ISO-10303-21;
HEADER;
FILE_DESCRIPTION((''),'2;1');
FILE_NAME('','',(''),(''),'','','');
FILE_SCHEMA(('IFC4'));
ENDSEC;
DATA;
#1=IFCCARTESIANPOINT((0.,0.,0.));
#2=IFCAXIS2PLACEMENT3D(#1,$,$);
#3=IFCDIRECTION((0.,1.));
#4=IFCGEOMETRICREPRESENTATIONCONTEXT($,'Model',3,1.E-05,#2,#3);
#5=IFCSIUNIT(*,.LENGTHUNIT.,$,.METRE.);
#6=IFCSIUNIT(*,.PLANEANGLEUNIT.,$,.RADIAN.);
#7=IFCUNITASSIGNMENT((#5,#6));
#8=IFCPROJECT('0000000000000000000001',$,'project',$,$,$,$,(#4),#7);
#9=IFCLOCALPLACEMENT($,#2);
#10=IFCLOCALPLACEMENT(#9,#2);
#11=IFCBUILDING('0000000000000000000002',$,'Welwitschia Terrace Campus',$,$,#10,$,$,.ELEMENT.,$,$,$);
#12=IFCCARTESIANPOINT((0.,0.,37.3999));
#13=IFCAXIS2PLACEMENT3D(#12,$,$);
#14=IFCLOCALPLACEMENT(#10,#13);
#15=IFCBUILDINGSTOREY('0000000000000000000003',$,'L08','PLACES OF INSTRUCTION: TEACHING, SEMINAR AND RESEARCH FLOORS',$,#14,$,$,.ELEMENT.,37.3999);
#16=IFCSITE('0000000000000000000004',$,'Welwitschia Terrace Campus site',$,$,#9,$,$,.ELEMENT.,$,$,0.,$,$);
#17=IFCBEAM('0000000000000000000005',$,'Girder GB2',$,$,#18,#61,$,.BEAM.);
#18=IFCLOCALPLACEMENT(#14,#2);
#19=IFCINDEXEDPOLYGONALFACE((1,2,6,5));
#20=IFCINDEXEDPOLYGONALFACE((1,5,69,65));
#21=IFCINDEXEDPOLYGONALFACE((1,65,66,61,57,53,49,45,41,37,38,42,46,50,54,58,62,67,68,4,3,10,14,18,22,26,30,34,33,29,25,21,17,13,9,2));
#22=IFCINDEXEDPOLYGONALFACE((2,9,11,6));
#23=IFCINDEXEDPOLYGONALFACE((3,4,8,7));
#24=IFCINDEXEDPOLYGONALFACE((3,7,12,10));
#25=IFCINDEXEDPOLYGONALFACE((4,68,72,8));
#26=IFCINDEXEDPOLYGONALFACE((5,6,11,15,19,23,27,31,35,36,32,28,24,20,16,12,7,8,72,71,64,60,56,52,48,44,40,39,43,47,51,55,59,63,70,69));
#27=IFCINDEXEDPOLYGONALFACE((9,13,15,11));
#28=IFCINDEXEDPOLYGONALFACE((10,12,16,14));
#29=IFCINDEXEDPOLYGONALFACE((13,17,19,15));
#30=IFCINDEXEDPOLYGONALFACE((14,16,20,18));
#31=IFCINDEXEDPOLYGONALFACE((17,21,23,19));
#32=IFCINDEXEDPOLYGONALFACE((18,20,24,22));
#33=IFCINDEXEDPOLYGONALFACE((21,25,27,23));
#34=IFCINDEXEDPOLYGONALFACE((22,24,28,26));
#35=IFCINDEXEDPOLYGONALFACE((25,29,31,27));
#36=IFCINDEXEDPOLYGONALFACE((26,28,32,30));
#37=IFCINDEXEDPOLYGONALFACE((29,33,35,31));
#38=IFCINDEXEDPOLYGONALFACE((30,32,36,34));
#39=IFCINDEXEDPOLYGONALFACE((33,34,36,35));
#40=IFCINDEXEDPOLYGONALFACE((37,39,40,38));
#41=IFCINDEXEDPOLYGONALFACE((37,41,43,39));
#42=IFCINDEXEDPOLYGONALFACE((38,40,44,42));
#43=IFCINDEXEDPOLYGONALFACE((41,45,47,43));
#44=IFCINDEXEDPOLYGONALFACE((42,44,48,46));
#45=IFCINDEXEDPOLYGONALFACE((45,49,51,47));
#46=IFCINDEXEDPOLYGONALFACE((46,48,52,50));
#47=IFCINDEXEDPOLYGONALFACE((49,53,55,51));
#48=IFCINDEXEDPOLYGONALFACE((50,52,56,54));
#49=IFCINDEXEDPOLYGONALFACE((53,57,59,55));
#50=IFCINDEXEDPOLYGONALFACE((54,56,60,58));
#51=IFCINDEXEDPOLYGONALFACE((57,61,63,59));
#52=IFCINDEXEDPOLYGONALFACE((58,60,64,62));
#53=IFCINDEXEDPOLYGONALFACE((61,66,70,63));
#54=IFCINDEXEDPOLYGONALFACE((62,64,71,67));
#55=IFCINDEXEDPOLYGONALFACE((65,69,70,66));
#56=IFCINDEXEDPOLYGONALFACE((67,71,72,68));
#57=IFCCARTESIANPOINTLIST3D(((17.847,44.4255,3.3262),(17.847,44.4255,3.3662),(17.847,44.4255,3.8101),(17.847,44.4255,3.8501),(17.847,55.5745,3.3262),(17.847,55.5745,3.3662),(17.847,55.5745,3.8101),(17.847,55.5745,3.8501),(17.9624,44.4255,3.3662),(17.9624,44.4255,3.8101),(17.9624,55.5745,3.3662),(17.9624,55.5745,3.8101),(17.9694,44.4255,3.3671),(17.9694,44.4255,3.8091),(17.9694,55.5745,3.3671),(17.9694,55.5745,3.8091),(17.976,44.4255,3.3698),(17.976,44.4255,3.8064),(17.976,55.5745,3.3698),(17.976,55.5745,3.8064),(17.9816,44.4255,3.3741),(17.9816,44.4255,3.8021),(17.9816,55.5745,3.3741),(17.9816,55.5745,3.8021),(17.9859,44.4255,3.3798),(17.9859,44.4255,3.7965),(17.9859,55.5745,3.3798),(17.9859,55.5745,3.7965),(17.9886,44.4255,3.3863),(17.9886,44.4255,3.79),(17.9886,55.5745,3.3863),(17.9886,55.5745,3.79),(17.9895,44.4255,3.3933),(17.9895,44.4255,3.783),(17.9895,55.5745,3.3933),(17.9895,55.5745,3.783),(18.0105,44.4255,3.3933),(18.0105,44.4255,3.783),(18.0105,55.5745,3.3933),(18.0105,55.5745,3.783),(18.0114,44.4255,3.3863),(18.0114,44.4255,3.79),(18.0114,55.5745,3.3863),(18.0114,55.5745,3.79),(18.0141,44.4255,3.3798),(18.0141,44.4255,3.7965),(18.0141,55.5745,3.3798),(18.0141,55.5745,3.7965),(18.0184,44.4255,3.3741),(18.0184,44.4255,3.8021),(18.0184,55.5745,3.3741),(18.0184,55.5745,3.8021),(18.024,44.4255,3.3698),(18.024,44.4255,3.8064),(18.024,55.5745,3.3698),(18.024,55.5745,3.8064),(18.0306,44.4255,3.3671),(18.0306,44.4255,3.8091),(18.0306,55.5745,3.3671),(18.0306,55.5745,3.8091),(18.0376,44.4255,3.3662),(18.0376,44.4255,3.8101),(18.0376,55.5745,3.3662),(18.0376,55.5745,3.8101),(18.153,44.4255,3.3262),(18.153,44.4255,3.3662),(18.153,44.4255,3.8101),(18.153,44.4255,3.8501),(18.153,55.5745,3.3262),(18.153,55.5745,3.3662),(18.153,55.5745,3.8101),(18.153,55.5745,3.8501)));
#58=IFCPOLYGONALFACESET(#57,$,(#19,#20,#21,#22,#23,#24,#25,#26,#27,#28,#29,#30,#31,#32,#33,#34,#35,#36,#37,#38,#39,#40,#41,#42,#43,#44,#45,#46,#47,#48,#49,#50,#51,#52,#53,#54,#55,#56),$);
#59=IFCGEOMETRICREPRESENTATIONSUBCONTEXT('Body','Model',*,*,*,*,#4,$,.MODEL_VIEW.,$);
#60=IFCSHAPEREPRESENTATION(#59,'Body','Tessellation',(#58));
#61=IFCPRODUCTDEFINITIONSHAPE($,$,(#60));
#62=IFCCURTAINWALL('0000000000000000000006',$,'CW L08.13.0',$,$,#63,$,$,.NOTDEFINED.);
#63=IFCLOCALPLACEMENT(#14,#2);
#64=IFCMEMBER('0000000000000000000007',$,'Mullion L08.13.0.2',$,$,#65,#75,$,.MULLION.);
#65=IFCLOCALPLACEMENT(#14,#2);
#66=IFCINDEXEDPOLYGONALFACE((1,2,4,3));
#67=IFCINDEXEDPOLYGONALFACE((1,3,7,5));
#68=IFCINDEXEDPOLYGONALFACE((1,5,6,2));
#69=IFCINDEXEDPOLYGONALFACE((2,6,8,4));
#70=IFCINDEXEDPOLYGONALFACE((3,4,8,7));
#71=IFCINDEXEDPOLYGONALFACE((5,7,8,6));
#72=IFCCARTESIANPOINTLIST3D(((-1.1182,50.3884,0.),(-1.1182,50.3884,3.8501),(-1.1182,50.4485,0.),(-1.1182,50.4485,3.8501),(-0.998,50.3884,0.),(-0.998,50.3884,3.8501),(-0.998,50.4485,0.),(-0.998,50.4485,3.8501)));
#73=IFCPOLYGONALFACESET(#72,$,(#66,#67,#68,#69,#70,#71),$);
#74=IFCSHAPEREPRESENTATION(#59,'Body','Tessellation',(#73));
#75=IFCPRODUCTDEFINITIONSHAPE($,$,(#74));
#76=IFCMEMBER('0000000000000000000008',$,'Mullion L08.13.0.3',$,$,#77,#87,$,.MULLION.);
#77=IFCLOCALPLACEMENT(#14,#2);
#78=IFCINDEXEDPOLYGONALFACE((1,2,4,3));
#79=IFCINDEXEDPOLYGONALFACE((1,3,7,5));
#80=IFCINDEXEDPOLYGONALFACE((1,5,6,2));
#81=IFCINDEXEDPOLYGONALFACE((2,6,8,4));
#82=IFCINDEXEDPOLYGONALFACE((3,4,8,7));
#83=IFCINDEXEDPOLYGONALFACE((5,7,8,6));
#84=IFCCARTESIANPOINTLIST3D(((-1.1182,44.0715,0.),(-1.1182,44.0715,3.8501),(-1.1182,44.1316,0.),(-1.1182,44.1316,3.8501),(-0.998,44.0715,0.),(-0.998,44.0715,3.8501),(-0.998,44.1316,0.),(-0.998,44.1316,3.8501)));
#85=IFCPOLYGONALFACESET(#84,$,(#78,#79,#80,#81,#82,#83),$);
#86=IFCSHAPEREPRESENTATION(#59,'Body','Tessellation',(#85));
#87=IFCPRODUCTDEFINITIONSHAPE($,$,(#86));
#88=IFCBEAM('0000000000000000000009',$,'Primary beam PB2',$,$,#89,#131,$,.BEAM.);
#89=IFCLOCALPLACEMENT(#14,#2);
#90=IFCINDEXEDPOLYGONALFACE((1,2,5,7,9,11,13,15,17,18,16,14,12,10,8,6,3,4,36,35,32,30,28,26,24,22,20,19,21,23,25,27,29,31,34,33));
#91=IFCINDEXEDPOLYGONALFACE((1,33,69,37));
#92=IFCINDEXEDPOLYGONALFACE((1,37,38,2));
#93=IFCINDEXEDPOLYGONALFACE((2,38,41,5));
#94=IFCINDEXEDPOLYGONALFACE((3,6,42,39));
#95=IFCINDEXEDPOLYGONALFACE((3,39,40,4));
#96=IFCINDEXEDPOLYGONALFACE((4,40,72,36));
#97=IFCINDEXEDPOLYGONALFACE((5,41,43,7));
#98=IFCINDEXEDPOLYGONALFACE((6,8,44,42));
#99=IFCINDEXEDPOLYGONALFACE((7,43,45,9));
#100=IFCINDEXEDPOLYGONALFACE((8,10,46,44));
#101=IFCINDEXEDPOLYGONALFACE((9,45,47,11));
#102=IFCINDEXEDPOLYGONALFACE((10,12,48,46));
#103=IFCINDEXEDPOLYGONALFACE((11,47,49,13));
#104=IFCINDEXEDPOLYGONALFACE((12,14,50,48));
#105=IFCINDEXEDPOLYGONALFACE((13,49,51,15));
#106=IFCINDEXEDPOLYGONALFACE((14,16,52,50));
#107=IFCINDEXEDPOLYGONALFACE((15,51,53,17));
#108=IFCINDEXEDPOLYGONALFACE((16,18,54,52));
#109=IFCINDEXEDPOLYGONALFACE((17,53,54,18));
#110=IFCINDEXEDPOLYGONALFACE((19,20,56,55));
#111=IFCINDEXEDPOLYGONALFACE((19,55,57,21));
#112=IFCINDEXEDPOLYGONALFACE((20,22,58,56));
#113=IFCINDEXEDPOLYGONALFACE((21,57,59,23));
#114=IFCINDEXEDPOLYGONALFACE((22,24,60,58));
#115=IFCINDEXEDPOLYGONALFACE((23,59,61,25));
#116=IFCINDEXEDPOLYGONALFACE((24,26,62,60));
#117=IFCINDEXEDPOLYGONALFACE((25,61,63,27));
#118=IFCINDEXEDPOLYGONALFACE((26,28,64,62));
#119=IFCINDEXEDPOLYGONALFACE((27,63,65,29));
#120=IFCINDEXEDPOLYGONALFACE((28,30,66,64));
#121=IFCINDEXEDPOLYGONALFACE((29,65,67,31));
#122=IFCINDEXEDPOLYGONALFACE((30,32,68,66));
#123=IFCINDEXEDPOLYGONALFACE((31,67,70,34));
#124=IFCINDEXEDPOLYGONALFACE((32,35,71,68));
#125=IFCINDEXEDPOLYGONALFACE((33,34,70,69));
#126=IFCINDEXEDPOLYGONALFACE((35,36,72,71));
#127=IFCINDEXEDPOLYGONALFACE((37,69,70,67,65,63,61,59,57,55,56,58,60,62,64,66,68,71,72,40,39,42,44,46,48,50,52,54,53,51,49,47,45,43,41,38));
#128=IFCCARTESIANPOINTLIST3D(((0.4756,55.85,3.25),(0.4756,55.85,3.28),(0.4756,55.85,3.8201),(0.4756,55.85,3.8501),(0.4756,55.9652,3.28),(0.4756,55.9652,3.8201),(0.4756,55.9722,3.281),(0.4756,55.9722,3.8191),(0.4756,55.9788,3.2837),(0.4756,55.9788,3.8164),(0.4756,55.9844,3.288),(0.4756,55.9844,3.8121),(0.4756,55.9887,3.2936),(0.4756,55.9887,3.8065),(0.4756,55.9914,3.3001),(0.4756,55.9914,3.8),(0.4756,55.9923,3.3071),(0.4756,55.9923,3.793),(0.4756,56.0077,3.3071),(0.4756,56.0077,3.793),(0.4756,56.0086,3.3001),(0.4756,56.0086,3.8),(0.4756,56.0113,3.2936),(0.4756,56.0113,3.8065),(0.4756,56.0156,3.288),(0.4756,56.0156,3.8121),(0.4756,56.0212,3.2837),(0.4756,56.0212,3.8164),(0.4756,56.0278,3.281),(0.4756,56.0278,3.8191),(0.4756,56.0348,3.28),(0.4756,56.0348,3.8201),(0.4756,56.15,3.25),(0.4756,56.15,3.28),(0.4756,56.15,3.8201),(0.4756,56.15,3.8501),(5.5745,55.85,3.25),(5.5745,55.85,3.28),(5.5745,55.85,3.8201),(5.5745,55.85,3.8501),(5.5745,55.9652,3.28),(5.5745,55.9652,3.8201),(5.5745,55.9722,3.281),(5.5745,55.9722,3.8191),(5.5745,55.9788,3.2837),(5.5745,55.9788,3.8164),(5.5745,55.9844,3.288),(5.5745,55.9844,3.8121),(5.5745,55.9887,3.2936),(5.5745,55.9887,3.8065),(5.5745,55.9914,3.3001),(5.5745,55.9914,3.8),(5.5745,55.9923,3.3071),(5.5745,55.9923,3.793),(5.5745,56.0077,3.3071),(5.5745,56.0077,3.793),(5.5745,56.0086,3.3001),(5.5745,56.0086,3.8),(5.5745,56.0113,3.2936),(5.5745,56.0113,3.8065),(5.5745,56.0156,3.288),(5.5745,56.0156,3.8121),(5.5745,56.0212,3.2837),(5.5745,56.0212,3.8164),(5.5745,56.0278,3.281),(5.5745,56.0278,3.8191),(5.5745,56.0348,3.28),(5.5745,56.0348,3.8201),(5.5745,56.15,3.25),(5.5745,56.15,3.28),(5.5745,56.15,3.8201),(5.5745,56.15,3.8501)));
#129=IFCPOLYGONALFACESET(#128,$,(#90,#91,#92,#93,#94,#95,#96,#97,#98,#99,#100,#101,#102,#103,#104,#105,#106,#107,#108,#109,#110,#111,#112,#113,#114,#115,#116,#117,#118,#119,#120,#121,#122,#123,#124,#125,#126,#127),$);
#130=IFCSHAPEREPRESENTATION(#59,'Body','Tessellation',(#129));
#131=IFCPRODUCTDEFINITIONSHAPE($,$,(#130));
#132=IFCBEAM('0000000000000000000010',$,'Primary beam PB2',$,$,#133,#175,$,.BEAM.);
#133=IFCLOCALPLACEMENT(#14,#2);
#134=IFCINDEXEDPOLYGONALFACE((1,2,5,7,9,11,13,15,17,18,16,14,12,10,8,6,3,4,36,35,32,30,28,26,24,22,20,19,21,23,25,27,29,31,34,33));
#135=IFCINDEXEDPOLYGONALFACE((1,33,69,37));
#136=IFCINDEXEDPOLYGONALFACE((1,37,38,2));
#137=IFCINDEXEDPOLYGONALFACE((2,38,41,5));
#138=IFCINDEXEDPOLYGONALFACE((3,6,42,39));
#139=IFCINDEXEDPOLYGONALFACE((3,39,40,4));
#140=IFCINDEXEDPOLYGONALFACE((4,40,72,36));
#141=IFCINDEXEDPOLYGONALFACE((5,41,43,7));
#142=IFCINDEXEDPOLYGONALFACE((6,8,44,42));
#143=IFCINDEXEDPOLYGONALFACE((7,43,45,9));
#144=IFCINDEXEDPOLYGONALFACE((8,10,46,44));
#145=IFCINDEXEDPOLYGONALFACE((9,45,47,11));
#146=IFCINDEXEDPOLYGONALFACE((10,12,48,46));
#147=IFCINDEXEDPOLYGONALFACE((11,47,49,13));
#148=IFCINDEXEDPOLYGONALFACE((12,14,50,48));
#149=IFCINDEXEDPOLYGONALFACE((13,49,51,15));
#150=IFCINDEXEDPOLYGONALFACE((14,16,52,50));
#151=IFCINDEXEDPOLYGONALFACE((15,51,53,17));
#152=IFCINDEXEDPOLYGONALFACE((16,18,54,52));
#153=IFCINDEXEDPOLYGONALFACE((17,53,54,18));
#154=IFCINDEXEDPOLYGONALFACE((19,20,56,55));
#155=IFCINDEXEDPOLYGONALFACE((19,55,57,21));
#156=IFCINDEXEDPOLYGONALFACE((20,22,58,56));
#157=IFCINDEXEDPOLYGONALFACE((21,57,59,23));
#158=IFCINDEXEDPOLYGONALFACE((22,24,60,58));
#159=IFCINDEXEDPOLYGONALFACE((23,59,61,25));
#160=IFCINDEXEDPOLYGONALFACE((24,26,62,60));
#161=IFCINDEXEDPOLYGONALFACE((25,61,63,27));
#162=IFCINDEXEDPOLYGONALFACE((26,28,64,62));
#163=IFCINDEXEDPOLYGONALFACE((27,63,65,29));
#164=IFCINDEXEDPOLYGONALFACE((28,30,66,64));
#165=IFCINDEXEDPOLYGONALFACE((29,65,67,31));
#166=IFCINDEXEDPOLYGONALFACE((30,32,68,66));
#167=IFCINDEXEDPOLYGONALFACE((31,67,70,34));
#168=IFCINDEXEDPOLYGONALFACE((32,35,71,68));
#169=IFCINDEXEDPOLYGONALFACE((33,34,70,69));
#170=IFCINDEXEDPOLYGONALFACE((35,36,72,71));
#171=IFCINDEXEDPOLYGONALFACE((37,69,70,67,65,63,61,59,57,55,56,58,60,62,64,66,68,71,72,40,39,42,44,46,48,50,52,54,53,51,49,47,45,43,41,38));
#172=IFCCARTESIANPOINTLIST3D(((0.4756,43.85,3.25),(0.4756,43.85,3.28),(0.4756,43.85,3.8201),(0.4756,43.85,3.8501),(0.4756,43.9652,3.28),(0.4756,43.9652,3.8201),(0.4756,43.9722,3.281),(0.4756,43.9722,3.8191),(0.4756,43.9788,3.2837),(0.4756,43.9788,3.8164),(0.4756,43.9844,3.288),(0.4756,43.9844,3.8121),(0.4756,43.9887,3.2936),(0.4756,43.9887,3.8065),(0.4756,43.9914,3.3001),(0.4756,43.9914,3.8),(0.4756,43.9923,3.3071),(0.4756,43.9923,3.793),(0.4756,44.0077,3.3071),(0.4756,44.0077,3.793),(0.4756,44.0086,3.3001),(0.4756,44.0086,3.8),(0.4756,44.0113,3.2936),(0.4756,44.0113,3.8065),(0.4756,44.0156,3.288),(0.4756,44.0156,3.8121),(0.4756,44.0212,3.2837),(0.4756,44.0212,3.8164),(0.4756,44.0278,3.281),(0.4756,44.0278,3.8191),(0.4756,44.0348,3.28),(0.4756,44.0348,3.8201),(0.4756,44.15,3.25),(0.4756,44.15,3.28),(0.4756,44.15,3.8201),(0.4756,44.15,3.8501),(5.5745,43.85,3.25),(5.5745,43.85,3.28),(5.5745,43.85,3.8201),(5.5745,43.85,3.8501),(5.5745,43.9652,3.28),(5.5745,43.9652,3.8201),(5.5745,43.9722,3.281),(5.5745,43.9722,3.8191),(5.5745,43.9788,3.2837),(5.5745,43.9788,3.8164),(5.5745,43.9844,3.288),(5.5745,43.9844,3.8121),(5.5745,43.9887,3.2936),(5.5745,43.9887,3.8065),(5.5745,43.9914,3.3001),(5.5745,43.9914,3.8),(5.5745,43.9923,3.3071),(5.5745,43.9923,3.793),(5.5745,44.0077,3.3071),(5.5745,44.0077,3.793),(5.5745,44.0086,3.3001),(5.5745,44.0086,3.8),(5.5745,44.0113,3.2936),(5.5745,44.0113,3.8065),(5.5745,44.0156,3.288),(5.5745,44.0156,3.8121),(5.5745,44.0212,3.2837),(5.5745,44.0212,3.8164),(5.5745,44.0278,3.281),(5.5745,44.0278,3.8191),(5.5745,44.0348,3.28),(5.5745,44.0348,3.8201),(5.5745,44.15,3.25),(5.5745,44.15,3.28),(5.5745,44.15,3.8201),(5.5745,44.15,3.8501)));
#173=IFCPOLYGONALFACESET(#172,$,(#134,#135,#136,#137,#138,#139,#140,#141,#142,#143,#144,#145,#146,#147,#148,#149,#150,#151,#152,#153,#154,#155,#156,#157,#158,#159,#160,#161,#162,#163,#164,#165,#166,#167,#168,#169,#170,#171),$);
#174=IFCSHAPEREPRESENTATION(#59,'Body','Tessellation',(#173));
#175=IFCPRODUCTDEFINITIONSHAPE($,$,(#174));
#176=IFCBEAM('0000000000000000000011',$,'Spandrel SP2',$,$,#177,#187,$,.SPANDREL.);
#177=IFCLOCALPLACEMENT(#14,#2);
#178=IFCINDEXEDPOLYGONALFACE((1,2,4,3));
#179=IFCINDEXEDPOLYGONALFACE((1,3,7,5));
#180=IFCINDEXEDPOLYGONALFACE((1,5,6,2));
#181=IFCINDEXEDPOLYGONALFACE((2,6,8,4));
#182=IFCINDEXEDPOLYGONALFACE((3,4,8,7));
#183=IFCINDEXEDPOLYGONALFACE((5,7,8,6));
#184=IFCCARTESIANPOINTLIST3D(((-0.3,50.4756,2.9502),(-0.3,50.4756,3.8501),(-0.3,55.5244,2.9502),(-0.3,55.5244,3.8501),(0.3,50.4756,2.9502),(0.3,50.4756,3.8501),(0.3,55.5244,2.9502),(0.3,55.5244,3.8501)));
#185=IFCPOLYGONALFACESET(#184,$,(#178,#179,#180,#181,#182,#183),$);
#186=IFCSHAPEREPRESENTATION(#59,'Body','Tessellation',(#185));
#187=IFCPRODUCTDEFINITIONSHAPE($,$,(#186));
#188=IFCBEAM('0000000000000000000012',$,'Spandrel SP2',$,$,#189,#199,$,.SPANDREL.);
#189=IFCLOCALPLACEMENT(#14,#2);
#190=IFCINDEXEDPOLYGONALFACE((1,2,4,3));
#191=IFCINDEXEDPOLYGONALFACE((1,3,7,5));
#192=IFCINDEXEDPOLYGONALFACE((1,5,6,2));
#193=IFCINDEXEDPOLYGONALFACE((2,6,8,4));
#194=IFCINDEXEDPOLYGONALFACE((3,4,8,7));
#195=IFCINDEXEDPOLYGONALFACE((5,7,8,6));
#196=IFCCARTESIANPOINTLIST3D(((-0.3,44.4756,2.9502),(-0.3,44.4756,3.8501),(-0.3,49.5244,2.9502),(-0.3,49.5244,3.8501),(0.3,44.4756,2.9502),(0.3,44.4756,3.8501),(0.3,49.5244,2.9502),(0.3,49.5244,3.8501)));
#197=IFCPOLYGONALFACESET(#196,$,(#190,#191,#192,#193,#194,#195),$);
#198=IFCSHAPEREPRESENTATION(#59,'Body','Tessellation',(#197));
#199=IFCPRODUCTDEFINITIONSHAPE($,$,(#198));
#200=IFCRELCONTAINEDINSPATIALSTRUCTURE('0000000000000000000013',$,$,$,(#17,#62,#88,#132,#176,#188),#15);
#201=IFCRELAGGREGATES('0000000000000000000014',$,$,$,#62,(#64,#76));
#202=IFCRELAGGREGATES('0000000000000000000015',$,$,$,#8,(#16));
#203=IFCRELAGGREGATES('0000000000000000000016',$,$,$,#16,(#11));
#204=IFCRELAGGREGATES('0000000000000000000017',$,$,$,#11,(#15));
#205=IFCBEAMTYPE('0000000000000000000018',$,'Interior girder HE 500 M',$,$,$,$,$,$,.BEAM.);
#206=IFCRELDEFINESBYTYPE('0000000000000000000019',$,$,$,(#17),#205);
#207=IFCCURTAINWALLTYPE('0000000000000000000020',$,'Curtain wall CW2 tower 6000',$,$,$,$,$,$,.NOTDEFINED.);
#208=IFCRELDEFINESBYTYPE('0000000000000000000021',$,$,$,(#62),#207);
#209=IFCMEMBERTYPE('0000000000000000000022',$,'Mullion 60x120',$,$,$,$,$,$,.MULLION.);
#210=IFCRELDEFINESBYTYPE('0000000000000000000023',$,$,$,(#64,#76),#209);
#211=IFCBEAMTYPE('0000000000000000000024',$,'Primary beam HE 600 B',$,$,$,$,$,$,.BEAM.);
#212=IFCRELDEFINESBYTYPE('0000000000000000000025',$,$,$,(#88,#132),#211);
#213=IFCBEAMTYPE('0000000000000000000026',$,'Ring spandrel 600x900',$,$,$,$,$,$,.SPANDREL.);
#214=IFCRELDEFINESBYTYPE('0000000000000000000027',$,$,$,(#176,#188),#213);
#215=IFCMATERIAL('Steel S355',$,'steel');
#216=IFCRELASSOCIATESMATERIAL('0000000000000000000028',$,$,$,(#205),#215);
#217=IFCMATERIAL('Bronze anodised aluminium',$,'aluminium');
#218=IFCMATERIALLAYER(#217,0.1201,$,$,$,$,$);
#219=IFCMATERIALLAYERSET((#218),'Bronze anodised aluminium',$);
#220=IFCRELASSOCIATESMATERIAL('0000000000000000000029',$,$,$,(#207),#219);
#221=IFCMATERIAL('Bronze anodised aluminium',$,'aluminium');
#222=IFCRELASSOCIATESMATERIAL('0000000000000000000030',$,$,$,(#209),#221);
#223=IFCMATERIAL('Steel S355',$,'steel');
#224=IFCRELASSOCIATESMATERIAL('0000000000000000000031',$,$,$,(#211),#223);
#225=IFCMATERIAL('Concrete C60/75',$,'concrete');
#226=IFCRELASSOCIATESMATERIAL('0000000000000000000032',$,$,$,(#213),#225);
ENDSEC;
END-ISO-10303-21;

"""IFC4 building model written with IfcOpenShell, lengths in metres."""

from ifc_helpers import new_model, si_unit, direction, frame, origin, origin_2d, place, context, subcontext, project, spatial, rectangle, i_section, extrude, material, layer, layer_set, material_profile, profile_set, type_object, element, aggregate, save


model = new_model("IFC4")

# Units and contexts
model_context = context("Model", 3, precision=1e-05, world=origin(), true_north=direction((0.0, 1.0)))
body_context = subcontext(model_context, "Body", "Model", "MODEL_VIEW")
ifc_project = project(units=[si_unit("LENGTHUNIT", "METRE"), si_unit("PLANEANGLEUNIT", "RADIAN")], contexts=[model_context])

# Site, building, storey
site_placement = place(None, origin())
site = spatial("IfcSite", under=ifc_project, at=site_placement, Name="Welwitschia Terrace Campus site", CompositionType="ELEMENT", RefElevation=0.0)
building_placement = place(site_placement, origin())
building = spatial("IfcBuilding", under=site, at=building_placement, Name="Welwitschia Terrace Campus", CompositionType="ELEMENT")
storey_placement = place(building_placement, frame((0.0, 0.0, 37.3999)))
storey = spatial("IfcBuildingStorey", under=building, at=storey_placement, Name="L08", Description="PLACES OF INSTRUCTION: TEACHING, SEMINAR AND RESEARCH FLOORS", CompositionType="ELEMENT", Elevation=37.3999)

# Beam
ifc_material_1 = material(Name="Steel S355", Category="steel")
ifc_material_profile_1 = material_profile(ifc_material_1, i_section(OverallWidth=0.3059, OverallDepth=0.5239, WebThickness=0.021, FlangeThickness=0.04, FilletRadius=0.0271, at=origin_2d()))
ifc_profile_set_1 = profile_set([ifc_material_profile_1], Name="Steel S355")
beam_type_1 = type_object("IfcBeamType", Name="Interior girder HE 500 M", PredefinedType="BEAM", material=ifc_profile_set_1)
beam_1_placement = place(storey_placement, frame((18.0, 44.4255, 3.5881), z_axis=(0.0, 1.0, 0.0), x_axis=(-1.0, 0.0, 0.0)))
element("IfcBeam", 1, at=beam_1_placement, inside=storey, type_object=beam_type_1, Name="Girder GB2", PredefinedType="BEAM", context=body_context, shape_type="SweptSolid", body=[
    extrude(i_section(OverallWidth=0.3059, OverallDepth=0.5239, WebThickness=0.021, FlangeThickness=0.04, FilletRadius=0.0271, at=origin_2d()), origin(), (0.0, 0.0, 1.0), 11.1489),
])

# Curtain wall, members
ifc_material_2 = material(Name="Bronze anodised aluminium", Category="aluminium")
ifc_layer_1 = layer(ifc_material_2, 0.1201)
ifc_layer_set_1 = layer_set([ifc_layer_1], Name="Bronze anodised aluminium")
curtain_wall_type = type_object("IfcCurtainWallType", Name="Curtain wall CW2 tower 6000", PredefinedType="NOTDEFINED", material=ifc_layer_set_1)
curtain_wall_placement = place(storey_placement, origin())
curtain_wall = element("IfcCurtainWall", 2, at=curtain_wall_placement, inside=storey, type_object=curtain_wall_type, Name="CW L08.13.0", PredefinedType="NOTDEFINED")
ifc_material_3 = material(Name="Bronze anodised aluminium", Category="aluminium")
ifc_material_profile_2 = material_profile(ifc_material_3, rectangle(XDim=0.1201, YDim=0.0601, at=origin_2d()))
ifc_profile_set_2 = profile_set([ifc_material_profile_2], Name="Bronze anodised aluminium")
member_type = type_object("IfcMemberType", Name="Mullion 60x120", PredefinedType="MULLION", material=ifc_profile_set_2)
member_1_placement = place(storey_placement, frame((-1.0581, 50.4185, 0.0), z_axis=(0.0, 0.0, 1.0), x_axis=(1.0, 0.0, 0.0)))
member_1 = element("IfcMember", 3, at=member_1_placement, type_object=member_type, Name="Mullion L08.13.0.2", PredefinedType="MULLION", context=body_context, shape_type="SweptSolid", body=[
    extrude(rectangle(XDim=0.1201, YDim=0.0601, at=origin_2d()), origin(), (0.0, 0.0, 1.0), 3.8501),
])
member_2_placement = place(storey_placement, frame((-1.0581, 44.1016, 0.0), z_axis=(0.0, 0.0, 1.0), x_axis=(1.0, 0.0, 0.0)))
member_2 = element("IfcMember", 4, at=member_2_placement, type_object=member_type, Name="Mullion L08.13.0.3", PredefinedType="MULLION", context=body_context, shape_type="SweptSolid", body=[
    extrude(rectangle(XDim=0.1201, YDim=0.0601, at=origin_2d()), origin(), (0.0, 0.0, 1.0), 3.8501),
])

# Beams
ifc_material_4 = material(Name="Steel S355", Category="steel")
ifc_material_profile_3 = material_profile(ifc_material_4, i_section(OverallWidth=0.3, OverallDepth=0.6001, WebThickness=0.0154, FlangeThickness=0.03, FilletRadius=0.0271, at=origin_2d()))
ifc_profile_set_3 = profile_set([ifc_material_profile_3], Name="Steel S355")
beam_type_2 = type_object("IfcBeamType", Name="Primary beam HE 600 B", PredefinedType="BEAM", material=ifc_profile_set_3)
for number, where, z_axis, x_axis, name in (
    (5, (0.4756, 56.0, 3.55), (1.0, 0.0, 0.0), (0.0, 1.0, 0.0), "Primary beam PB2"),
    (6, (0.4756, 44.0, 3.55), (1.0, 0.0, 0.0), (0.0, 1.0, 0.0), "Primary beam PB2"),
):
    element("IfcBeam", number, at=place(storey_placement, frame(where, z_axis=z_axis, x_axis=x_axis)), inside=storey, type_object=beam_type_2, Name=name, PredefinedType="BEAM", context=body_context, shape_type="SweptSolid", body=[
        extrude(i_section(OverallWidth=0.3, OverallDepth=0.6001, WebThickness=0.0154, FlangeThickness=0.03, FilletRadius=0.0271, at=origin_2d()), origin(), (0.0, 0.0, 1.0), 5.0989),
    ])
ifc_material_5 = material(Name="Concrete C60/75", Category="concrete")
ifc_material_profile_4 = material_profile(ifc_material_5, rectangle(XDim=0.6001, YDim=0.8999, at=origin_2d()))
ifc_profile_set_4 = profile_set([ifc_material_profile_4], Name="Concrete C60/75")
beam_type_3 = type_object("IfcBeamType", Name="Ring spandrel 600x900", PredefinedType="SPANDREL", material=ifc_profile_set_4)
for number, where, z_axis, x_axis, name in (
    (7, (0.0, 55.5244, 3.4001), (0.0, -1.0, 0.0), (1.0, 0.0, 0.0), "Spandrel SP2"),
    (8, (0.0, 49.5244, 3.4001), (0.0, -1.0, 0.0), (1.0, 0.0, 0.0), "Spandrel SP2"),
):
    element("IfcBeam", number, at=place(storey_placement, frame(where, z_axis=z_axis, x_axis=x_axis)), inside=storey, type_object=beam_type_3, Name=name, PredefinedType="SPANDREL", context=body_context, shape_type="SweptSolid", body=[
        extrude(rectangle(XDim=0.6001, YDim=0.8999, at=origin_2d()), origin(), (0.0, 0.0, 1.0), 5.0488),
    ])

aggregate(curtain_wall, [member_1, member_2])

save(model, "model.ifc")
